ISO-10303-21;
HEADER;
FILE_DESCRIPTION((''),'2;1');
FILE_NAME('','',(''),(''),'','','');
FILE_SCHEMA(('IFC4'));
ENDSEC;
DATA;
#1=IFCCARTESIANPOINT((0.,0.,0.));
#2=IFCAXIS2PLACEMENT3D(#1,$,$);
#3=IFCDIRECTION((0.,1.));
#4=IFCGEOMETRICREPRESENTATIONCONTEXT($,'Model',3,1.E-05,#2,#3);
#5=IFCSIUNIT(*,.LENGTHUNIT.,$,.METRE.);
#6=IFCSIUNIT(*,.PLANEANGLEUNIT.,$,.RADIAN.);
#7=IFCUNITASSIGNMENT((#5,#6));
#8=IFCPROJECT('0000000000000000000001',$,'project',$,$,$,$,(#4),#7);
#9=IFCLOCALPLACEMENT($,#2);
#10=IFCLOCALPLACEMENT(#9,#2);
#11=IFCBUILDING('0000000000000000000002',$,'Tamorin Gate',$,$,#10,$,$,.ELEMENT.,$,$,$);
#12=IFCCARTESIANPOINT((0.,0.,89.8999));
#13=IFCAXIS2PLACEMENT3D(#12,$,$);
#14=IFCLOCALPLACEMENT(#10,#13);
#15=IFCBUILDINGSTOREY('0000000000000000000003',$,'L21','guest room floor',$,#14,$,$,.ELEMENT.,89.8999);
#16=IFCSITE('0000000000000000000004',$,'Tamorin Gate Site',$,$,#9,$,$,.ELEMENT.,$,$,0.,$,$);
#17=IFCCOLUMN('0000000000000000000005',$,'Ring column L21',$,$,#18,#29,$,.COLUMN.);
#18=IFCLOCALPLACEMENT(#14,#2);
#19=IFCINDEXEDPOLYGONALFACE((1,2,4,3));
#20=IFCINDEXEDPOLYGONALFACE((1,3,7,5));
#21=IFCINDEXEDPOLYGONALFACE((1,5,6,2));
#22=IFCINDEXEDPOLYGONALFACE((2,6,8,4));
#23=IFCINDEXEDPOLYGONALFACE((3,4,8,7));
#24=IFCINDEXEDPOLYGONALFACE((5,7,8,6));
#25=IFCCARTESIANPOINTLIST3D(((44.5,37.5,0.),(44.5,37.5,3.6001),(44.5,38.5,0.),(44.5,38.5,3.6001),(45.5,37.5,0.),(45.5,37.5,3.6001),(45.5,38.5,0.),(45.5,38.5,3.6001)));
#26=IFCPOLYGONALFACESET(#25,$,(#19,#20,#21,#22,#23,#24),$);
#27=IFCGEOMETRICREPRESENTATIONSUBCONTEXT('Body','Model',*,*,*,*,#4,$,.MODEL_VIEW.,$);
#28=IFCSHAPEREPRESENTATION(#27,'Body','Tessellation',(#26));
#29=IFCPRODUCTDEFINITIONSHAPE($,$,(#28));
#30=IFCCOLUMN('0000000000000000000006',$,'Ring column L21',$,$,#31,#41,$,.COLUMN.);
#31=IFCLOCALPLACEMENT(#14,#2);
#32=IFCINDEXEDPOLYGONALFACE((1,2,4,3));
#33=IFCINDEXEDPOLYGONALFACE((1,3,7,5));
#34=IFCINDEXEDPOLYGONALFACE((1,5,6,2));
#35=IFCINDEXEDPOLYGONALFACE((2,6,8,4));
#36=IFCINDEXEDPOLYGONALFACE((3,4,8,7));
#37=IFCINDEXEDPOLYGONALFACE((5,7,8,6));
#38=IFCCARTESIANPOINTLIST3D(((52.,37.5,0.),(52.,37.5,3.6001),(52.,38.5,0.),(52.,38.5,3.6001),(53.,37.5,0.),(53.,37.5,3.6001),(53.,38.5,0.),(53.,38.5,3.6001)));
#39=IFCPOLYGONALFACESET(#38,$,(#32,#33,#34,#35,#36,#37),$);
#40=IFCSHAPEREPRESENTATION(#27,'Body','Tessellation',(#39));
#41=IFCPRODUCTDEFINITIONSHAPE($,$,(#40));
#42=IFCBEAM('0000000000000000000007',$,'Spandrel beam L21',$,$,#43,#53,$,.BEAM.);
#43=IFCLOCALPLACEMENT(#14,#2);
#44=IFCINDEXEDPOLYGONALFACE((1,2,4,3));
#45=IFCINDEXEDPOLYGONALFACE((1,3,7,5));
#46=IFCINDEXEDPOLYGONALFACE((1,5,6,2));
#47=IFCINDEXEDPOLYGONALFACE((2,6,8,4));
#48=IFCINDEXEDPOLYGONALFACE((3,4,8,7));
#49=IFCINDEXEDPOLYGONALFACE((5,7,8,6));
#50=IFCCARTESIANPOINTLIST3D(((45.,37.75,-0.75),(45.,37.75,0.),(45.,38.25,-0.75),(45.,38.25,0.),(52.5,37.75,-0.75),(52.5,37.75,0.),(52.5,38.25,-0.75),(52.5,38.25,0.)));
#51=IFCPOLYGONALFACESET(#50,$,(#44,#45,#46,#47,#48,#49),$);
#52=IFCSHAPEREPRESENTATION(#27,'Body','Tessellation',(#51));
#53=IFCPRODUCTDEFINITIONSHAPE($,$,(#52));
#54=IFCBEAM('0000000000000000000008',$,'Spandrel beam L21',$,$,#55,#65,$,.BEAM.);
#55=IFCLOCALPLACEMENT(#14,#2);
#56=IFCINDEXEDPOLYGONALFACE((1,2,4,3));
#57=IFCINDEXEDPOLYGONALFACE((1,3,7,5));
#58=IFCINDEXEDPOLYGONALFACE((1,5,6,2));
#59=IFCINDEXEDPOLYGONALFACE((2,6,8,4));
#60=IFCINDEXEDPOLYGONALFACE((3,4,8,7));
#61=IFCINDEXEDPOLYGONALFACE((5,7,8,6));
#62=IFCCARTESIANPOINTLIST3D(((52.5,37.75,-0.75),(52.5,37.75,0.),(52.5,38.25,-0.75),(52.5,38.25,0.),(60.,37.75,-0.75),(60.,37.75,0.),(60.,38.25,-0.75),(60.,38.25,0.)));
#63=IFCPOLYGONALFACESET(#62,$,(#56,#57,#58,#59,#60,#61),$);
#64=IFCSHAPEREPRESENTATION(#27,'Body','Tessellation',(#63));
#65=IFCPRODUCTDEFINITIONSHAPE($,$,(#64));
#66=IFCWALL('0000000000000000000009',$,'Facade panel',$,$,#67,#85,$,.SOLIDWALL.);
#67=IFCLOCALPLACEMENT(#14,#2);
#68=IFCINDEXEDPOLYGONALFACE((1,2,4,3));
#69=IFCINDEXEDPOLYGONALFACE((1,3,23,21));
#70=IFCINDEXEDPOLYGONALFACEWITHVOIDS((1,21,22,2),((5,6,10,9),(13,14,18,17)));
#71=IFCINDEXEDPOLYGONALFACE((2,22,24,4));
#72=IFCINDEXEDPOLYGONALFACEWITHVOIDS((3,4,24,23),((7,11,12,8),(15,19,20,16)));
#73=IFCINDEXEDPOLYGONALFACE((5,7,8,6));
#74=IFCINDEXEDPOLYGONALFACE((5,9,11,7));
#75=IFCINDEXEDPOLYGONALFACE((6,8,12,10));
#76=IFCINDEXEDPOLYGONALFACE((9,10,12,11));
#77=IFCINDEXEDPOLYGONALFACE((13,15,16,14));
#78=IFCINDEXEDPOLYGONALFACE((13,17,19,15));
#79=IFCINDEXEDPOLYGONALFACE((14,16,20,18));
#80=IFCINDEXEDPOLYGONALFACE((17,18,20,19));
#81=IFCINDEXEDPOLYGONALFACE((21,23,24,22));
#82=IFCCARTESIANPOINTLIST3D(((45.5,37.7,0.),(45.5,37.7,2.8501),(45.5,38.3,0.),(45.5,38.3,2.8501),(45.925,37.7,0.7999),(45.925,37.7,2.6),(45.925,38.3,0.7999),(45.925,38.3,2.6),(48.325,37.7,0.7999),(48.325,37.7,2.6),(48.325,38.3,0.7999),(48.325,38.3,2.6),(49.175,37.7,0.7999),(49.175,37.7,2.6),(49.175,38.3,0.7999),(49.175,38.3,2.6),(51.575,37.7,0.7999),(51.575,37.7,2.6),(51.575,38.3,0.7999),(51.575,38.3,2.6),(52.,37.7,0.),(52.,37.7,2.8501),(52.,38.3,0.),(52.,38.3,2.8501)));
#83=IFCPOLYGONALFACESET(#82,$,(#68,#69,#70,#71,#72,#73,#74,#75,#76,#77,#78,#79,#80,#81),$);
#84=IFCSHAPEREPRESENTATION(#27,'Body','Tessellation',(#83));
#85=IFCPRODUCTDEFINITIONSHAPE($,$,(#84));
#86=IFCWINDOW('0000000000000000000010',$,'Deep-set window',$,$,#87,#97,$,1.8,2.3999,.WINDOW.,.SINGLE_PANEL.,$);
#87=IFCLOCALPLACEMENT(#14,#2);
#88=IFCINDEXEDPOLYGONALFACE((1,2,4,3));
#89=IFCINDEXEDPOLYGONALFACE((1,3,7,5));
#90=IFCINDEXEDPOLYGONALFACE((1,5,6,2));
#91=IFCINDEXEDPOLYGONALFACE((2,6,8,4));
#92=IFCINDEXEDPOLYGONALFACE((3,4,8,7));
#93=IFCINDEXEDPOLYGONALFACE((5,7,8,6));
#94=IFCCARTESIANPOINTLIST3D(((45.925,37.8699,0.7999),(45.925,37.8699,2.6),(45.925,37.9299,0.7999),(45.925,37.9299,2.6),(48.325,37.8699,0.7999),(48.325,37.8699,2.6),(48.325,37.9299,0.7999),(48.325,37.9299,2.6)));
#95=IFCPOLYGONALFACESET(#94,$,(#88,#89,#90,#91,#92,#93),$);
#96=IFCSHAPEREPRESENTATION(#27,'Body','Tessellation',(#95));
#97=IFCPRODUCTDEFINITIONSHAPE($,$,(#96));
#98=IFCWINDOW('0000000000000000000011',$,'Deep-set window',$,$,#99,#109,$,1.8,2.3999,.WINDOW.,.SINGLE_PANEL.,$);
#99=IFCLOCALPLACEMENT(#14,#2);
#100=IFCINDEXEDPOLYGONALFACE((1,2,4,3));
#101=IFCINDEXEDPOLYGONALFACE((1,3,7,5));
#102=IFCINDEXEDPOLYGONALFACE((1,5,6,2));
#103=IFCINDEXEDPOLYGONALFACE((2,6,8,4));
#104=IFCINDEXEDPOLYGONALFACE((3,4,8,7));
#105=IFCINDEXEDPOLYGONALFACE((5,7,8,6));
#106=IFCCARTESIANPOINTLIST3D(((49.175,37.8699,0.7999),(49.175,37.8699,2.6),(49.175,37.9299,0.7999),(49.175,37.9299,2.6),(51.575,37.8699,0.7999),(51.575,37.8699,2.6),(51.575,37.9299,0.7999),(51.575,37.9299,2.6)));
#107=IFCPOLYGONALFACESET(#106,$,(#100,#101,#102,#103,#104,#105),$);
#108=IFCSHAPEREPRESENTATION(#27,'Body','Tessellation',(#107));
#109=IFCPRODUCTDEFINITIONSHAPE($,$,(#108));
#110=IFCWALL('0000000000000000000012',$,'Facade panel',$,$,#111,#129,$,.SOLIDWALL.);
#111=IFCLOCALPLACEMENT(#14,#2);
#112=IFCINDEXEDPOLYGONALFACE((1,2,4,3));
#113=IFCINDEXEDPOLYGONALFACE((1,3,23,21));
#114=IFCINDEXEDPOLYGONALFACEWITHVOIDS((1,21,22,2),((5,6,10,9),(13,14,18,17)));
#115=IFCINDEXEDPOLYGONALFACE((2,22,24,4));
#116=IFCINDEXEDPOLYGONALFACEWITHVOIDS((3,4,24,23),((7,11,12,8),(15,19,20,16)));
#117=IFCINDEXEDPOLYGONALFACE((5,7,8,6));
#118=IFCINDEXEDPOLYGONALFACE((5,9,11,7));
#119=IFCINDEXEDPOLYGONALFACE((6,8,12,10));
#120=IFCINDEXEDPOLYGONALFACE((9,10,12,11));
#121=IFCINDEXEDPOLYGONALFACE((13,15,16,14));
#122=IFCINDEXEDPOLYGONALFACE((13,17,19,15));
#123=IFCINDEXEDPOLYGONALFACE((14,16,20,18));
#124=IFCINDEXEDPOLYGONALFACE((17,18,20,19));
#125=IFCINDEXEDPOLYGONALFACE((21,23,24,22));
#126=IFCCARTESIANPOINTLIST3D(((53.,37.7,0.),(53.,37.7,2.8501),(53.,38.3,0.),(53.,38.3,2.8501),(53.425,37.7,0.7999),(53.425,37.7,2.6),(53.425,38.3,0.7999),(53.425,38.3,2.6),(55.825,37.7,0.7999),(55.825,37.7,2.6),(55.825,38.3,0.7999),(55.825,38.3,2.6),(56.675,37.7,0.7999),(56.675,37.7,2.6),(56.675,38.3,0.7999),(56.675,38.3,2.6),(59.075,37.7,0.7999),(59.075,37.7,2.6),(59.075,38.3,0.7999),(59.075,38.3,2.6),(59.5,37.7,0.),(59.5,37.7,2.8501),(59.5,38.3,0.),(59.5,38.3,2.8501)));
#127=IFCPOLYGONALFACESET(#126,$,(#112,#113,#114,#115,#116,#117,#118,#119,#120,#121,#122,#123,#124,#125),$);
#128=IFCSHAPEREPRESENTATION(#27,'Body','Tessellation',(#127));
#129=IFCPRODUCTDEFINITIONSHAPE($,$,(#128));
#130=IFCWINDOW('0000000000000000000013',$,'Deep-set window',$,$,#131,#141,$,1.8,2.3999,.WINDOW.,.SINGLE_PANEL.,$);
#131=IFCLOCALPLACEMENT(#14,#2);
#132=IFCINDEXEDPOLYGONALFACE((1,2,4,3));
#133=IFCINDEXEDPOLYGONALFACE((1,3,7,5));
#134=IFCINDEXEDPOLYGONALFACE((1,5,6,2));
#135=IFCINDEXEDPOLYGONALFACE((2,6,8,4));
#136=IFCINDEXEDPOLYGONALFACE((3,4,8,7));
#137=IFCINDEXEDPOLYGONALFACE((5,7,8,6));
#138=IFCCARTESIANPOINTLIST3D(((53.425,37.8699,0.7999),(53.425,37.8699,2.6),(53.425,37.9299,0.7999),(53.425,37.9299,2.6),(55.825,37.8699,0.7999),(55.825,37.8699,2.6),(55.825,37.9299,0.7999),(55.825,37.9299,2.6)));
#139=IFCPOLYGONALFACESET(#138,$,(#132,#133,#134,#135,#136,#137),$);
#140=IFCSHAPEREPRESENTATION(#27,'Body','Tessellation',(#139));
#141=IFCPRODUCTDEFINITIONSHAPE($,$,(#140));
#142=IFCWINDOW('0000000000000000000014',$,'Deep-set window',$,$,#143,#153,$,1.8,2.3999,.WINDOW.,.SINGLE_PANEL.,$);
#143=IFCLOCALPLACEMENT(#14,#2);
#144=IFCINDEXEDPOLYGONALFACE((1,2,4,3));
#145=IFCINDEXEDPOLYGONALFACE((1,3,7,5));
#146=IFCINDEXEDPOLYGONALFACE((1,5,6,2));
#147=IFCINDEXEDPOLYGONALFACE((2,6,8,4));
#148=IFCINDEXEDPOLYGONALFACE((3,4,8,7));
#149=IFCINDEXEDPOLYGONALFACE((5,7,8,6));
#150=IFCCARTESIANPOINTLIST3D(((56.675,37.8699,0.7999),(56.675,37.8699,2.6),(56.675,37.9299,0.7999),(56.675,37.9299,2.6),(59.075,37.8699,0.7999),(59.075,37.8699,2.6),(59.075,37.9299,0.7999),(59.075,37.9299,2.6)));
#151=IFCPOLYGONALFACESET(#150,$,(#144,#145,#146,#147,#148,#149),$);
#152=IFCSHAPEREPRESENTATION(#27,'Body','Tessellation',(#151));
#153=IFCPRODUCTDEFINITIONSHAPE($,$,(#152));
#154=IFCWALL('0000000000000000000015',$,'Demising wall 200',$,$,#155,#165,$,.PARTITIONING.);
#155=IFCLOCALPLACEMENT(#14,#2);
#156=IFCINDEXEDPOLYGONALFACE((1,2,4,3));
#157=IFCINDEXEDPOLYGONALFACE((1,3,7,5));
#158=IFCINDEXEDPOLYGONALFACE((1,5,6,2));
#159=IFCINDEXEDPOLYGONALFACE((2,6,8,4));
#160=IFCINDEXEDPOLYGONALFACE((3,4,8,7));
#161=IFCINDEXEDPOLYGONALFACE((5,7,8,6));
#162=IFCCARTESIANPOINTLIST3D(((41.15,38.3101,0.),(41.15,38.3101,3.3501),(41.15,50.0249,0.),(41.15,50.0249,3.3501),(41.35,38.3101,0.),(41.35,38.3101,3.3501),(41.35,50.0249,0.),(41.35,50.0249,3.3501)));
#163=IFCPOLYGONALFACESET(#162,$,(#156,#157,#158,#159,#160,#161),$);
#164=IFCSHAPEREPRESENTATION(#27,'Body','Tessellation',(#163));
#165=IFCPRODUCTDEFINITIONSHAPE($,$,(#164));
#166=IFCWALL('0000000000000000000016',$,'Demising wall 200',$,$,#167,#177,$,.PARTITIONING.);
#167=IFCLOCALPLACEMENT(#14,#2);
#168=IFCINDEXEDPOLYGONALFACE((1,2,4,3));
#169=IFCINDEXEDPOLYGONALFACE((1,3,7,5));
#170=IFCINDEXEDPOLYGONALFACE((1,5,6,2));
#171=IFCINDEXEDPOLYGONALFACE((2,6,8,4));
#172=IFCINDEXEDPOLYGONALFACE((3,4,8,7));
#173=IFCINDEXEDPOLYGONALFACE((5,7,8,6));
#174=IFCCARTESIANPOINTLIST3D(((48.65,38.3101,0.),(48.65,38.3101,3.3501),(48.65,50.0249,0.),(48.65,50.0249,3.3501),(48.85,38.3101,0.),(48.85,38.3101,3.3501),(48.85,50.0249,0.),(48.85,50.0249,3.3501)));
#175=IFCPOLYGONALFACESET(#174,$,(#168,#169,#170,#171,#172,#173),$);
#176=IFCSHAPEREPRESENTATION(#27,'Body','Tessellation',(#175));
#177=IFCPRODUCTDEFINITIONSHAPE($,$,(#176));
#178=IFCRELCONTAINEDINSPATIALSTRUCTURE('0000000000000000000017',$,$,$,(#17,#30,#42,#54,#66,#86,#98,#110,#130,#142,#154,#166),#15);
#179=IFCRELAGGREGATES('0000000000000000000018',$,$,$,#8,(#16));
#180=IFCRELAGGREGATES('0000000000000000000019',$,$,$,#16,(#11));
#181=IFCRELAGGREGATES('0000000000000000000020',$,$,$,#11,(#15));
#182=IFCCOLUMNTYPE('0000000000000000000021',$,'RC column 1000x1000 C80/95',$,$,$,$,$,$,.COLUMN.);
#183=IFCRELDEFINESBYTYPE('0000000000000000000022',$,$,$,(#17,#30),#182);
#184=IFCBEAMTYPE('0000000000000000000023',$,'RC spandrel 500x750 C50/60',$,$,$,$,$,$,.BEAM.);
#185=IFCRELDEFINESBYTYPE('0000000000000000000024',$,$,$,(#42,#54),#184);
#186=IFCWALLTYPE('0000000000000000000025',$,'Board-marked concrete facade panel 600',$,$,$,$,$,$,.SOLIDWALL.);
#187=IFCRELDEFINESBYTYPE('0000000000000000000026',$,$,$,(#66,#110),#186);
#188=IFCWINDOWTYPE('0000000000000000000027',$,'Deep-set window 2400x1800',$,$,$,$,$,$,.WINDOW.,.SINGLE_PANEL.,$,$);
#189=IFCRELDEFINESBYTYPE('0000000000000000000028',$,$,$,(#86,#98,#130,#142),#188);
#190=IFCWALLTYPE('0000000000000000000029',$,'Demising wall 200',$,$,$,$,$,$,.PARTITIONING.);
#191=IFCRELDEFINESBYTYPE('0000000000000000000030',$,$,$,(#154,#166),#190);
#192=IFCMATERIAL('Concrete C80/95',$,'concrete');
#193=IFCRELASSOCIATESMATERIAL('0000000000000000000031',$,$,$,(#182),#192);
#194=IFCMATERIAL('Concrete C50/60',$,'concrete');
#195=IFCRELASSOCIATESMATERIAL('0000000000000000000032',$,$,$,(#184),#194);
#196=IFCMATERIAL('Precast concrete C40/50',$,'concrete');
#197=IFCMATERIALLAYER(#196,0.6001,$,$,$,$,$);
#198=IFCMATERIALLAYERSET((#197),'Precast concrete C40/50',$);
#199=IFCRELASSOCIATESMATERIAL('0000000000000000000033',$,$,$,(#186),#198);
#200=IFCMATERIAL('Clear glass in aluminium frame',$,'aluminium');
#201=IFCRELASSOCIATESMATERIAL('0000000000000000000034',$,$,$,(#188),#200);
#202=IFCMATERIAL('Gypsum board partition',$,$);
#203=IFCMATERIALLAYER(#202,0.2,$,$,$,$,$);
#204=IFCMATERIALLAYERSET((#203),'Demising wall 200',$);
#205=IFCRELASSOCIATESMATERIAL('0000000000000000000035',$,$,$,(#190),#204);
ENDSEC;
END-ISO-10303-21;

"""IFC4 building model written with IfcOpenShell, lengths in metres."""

from ifc_helpers import new_model, si_unit, direction, frame, frame_2d, origin, origin_2d, place, context, subcontext, project, spatial, rectangle, extrude, material, layer, layer_set, material_profile, profile_set, type_object, element, fill, save


model = new_model("IFC4")

# Units and contexts
model_context = context("Model", 3, precision=1e-05, world=origin(), true_north=direction((0.0, 1.0)))
body_context = subcontext(model_context, "Body", "Model", "MODEL_VIEW")
ifc_project = project(units=[si_unit("LENGTHUNIT", "METRE"), si_unit("PLANEANGLEUNIT", "RADIAN")], contexts=[model_context])

# Site, building, storey
site_placement = place(None, origin())
site = spatial("IfcSite", under=ifc_project, at=site_placement, Name="Tamorin Gate Site", CompositionType="ELEMENT", RefElevation=0.0)
building_placement = place(site_placement, origin())
building = spatial("IfcBuilding", under=site, at=building_placement, Name="Tamorin Gate", CompositionType="ELEMENT")
storey_placement = place(building_placement, frame((0.0, 0.0, 89.8999)))
storey = spatial("IfcBuildingStorey", under=building, at=storey_placement, Name="L21", Description="guest room floor", CompositionType="ELEMENT", Elevation=89.8999)

# Columns
ifc_material_1 = material(Name="Concrete C80/95", Category="concrete")
ifc_material_profile_1 = material_profile(ifc_material_1, rectangle(XDim=1.0, YDim=1.0, at=origin_2d()), Name="RC 1000x1000")
ifc_profile_set_1 = profile_set([ifc_material_profile_1], Name="Concrete C80/95")
column_type = type_object("IfcColumnType", Name="RC column 1000x1000 C80/95", PredefinedType="COLUMN", material=ifc_profile_set_1)
for number, where, z_axis, x_axis, name in (
    (1, (45.0, 38.0, 0.0), (0.0, 0.0, 1.0), (1.0, 0.0, 0.0), "Ring column L21"),
    (2, (52.5, 38.0, 0.0), (0.0, 0.0, 1.0), (1.0, 0.0, 0.0), "Ring column L21"),
):
    element("IfcColumn", number, at=place(storey_placement, frame(where, z_axis=z_axis, x_axis=x_axis)), inside=storey, type_object=column_type, Name=name, PredefinedType="COLUMN", context=body_context, shape_type="SweptSolid", body=[
        extrude(rectangle(XDim=1.0, YDim=1.0, at=origin_2d()), origin(), (0.0, 0.0, 1.0), 3.6001),
    ])

# Beams
ifc_material_2 = material(Name="Concrete C50/60", Category="concrete")
ifc_material_profile_2 = material_profile(ifc_material_2, rectangle(XDim=0.5, YDim=0.75, at=origin_2d()), Name="RC 500x750")
ifc_profile_set_2 = profile_set([ifc_material_profile_2], Name="Concrete C50/60")
beam_type = type_object("IfcBeamType", Name="RC spandrel 500x750 C50/60", PredefinedType="BEAM", material=ifc_profile_set_2)
for number, where, z_axis, x_axis, name in (
    (3, (45.0, 38.0, -0.375), (1.0, 0.0, 0.0), (0.0, 1.0, 0.0), "Spandrel beam L21"),
    (4, (52.5, 38.0, -0.375), (1.0, 0.0, 0.0), (0.0, 1.0, 0.0), "Spandrel beam L21"),
):
    element("IfcBeam", number, at=place(storey_placement, frame(where, z_axis=z_axis, x_axis=x_axis)), inside=storey, type_object=beam_type, Name=name, PredefinedType="BEAM", context=body_context, shape_type="SweptSolid", body=[
        extrude(rectangle(XDim=0.5, YDim=0.75, at=origin_2d()), origin(), (0.0, 0.0, 1.0), 7.5),
    ])

# Walls, openings, windows
ifc_material_3 = material(Name="Precast concrete C40/50", Category="concrete")
ifc_layer_1 = layer(ifc_material_3, 0.6001)
ifc_layer_set_1 = layer_set([ifc_layer_1], Name="Precast concrete C40/50")
wall_type_1 = type_object("IfcWallType", Name="Board-marked concrete facade panel 600", PredefinedType="SOLIDWALL", material=ifc_layer_set_1)
wall_1_placement = place(storey_placement, frame((45.5, 38.0, 0.0), z_axis=(0.0, 0.0, 1.0), x_axis=(1.0, 0.0, 0.0)))
wall_1 = element("IfcWall", 5, at=wall_1_placement, inside=storey, type_object=wall_type_1, Name="Facade panel", PredefinedType="SOLIDWALL", context=body_context, shape_type="SweptSolid", body=[
    extrude(rectangle(XDim=6.5, YDim=0.6001, at=frame_2d((3.25, 0.0))), origin(), (0.0, 0.0, 1.0), 2.8501),
])
opening_1_placement = place(wall_1_placement, frame((0.425, 0.0, 0.8)))
opening_1 = element("IfcOpeningElement", 6, at=opening_1_placement, cuts=wall_1, PredefinedType="OPENING", context=body_context, shape_type="SweptSolid", body=[
    extrude(rectangle(XDim=2.3999, YDim=1.8, at=frame_2d((1.2, 0.8999))), frame((0.0, 0.3101, 0.0), z_axis=(0.0, -1.0, 0.0), x_axis=(1.0, 0.0, 0.0)), (0.0, 0.0, 1.0), 0.6201),
])
opening_2_placement = place(wall_1_placement, frame((3.675, 0.0, 0.8)))
opening_2 = element("IfcOpeningElement", 7, at=opening_2_placement, cuts=wall_1, PredefinedType="OPENING", context=body_context, shape_type="SweptSolid", body=[
    extrude(rectangle(XDim=2.3999, YDim=1.8, at=frame_2d((1.2, 0.8999))), frame((0.0, 0.3101, 0.0), z_axis=(0.0, -1.0, 0.0), x_axis=(1.0, 0.0, 0.0)), (0.0, 0.0, 1.0), 0.6201),
])
ifc_material_4 = material(Name="Clear glass in aluminium frame", Category="aluminium")
window_type = type_object("IfcWindowType", Name="Deep-set window 2400x1800", PartitioningType="SINGLE_PANEL", PredefinedType="WINDOW", material=ifc_material_4)
window_1_placement = place(opening_1_placement, origin())
window_1 = element("IfcWindow", 8, at=window_1_placement, inside=storey, type_object=window_type, Name="Deep-set window", OverallHeight=1.8, OverallWidth=2.3999, PartitioningType="SINGLE_PANEL", PredefinedType="WINDOW", context=body_context, shape_type="SweptSolid", body=[
    extrude(rectangle(XDim=2.3999, YDim=1.8, at=frame_2d((1.2, 0.8999))), frame((0.0, -0.0701, 0.0), z_axis=(0.0, -1.0, 0.0), x_axis=(1.0, 0.0, 0.0)), (0.0, 0.0, 1.0), 0.0601),
])
fill(opening_1, window_1)
window_2_placement = place(opening_2_placement, origin())
window_2 = element("IfcWindow", 9, at=window_2_placement, inside=storey, type_object=window_type, Name="Deep-set window", OverallHeight=1.8, OverallWidth=2.3999, PartitioningType="SINGLE_PANEL", PredefinedType="WINDOW", context=body_context, shape_type="SweptSolid", body=[
    extrude(rectangle(XDim=2.3999, YDim=1.8, at=frame_2d((1.2, 0.8999))), frame((0.0, -0.0701, 0.0), z_axis=(0.0, -1.0, 0.0), x_axis=(1.0, 0.0, 0.0)), (0.0, 0.0, 1.0), 0.0601),
])
fill(opening_2, window_2)
wall_2_placement = place(storey_placement, frame((53.0, 38.0, 0.0), z_axis=(0.0, 0.0, 1.0), x_axis=(1.0, 0.0, 0.0)))
wall_2 = element("IfcWall", 10, at=wall_2_placement, inside=storey, type_object=wall_type_1, Name="Facade panel", PredefinedType="SOLIDWALL", context=body_context, shape_type="SweptSolid", body=[
    extrude(rectangle(XDim=6.5, YDim=0.6001, at=frame_2d((3.25, 0.0))), origin(), (0.0, 0.0, 1.0), 2.8501),
])
opening_3_placement = place(wall_2_placement, frame((0.425, 0.0, 0.8)))
opening_3 = element("IfcOpeningElement", 11, at=opening_3_placement, cuts=wall_2, PredefinedType="OPENING", context=body_context, shape_type="SweptSolid", body=[
    extrude(rectangle(XDim=2.3999, YDim=1.8, at=frame_2d((1.2, 0.8999))), frame((0.0, 0.3101, 0.0), z_axis=(0.0, -1.0, 0.0), x_axis=(1.0, 0.0, 0.0)), (0.0, 0.0, 1.0), 0.6201),
])
opening_4_placement = place(wall_2_placement, frame((3.675, 0.0, 0.8)))
opening_4 = element("IfcOpeningElement", 12, at=opening_4_placement, cuts=wall_2, PredefinedType="OPENING", context=body_context, shape_type="SweptSolid", body=[
    extrude(rectangle(XDim=2.3999, YDim=1.8, at=frame_2d((1.2, 0.8999))), frame((0.0, 0.3101, 0.0), z_axis=(0.0, -1.0, 0.0), x_axis=(1.0, 0.0, 0.0)), (0.0, 0.0, 1.0), 0.6201),
])
window_3_placement = place(opening_3_placement, origin())
window_3 = element("IfcWindow", 13, at=window_3_placement, inside=storey, type_object=window_type, Name="Deep-set window", OverallHeight=1.8, OverallWidth=2.3999, PartitioningType="SINGLE_PANEL", PredefinedType="WINDOW", context=body_context, shape_type="SweptSolid", body=[
    extrude(rectangle(XDim=2.3999, YDim=1.8, at=frame_2d((1.2, 0.8999))), frame((0.0, -0.0701, 0.0), z_axis=(0.0, -1.0, 0.0), x_axis=(1.0, 0.0, 0.0)), (0.0, 0.0, 1.0), 0.0601),
])
fill(opening_3, window_3)
window_4_placement = place(opening_4_placement, origin())
window_4 = element("IfcWindow", 14, at=window_4_placement, inside=storey, type_object=window_type, Name="Deep-set window", OverallHeight=1.8, OverallWidth=2.3999, PartitioningType="SINGLE_PANEL", PredefinedType="WINDOW", context=body_context, shape_type="SweptSolid", body=[
    extrude(rectangle(XDim=2.3999, YDim=1.8, at=frame_2d((1.2, 0.8999))), frame((0.0, -0.0701, 0.0), z_axis=(0.0, -1.0, 0.0), x_axis=(1.0, 0.0, 0.0)), (0.0, 0.0, 1.0), 0.0601),
])
fill(opening_4, window_4)

# Walls
ifc_material_5 = material(Name="Gypsum board partition")
ifc_layer_2 = layer(ifc_material_5, 0.2)
ifc_layer_set_2 = layer_set([ifc_layer_2], Name="Demising wall 200")
wall_type_2 = type_object("IfcWallType", Name="Demising wall 200", PredefinedType="PARTITIONING", material=ifc_layer_set_2)
for number, where, z_axis, x_axis, name in (
    (15, (41.25, 38.3101, 0.0), (0.0, 0.0, 1.0), (0.0, 1.0, 0.0), "Demising wall 200"),
    (16, (48.75, 38.3101, 0.0), (0.0, 0.0, 1.0), (0.0, 1.0, 0.0), "Demising wall 200"),
):
    element("IfcWall", number, at=place(storey_placement, frame(where, z_axis=z_axis, x_axis=x_axis)), inside=storey, type_object=wall_type_2, Name=name, PredefinedType="PARTITIONING", context=body_context, shape_type="SweptSolid", body=[
        extrude(rectangle(XDim=11.7148, YDim=0.2, at=frame_2d((5.8574, 0.0))), origin(), (0.0, 0.0, 1.0), 3.3501),
    ])

save(model, "model.ifc")
